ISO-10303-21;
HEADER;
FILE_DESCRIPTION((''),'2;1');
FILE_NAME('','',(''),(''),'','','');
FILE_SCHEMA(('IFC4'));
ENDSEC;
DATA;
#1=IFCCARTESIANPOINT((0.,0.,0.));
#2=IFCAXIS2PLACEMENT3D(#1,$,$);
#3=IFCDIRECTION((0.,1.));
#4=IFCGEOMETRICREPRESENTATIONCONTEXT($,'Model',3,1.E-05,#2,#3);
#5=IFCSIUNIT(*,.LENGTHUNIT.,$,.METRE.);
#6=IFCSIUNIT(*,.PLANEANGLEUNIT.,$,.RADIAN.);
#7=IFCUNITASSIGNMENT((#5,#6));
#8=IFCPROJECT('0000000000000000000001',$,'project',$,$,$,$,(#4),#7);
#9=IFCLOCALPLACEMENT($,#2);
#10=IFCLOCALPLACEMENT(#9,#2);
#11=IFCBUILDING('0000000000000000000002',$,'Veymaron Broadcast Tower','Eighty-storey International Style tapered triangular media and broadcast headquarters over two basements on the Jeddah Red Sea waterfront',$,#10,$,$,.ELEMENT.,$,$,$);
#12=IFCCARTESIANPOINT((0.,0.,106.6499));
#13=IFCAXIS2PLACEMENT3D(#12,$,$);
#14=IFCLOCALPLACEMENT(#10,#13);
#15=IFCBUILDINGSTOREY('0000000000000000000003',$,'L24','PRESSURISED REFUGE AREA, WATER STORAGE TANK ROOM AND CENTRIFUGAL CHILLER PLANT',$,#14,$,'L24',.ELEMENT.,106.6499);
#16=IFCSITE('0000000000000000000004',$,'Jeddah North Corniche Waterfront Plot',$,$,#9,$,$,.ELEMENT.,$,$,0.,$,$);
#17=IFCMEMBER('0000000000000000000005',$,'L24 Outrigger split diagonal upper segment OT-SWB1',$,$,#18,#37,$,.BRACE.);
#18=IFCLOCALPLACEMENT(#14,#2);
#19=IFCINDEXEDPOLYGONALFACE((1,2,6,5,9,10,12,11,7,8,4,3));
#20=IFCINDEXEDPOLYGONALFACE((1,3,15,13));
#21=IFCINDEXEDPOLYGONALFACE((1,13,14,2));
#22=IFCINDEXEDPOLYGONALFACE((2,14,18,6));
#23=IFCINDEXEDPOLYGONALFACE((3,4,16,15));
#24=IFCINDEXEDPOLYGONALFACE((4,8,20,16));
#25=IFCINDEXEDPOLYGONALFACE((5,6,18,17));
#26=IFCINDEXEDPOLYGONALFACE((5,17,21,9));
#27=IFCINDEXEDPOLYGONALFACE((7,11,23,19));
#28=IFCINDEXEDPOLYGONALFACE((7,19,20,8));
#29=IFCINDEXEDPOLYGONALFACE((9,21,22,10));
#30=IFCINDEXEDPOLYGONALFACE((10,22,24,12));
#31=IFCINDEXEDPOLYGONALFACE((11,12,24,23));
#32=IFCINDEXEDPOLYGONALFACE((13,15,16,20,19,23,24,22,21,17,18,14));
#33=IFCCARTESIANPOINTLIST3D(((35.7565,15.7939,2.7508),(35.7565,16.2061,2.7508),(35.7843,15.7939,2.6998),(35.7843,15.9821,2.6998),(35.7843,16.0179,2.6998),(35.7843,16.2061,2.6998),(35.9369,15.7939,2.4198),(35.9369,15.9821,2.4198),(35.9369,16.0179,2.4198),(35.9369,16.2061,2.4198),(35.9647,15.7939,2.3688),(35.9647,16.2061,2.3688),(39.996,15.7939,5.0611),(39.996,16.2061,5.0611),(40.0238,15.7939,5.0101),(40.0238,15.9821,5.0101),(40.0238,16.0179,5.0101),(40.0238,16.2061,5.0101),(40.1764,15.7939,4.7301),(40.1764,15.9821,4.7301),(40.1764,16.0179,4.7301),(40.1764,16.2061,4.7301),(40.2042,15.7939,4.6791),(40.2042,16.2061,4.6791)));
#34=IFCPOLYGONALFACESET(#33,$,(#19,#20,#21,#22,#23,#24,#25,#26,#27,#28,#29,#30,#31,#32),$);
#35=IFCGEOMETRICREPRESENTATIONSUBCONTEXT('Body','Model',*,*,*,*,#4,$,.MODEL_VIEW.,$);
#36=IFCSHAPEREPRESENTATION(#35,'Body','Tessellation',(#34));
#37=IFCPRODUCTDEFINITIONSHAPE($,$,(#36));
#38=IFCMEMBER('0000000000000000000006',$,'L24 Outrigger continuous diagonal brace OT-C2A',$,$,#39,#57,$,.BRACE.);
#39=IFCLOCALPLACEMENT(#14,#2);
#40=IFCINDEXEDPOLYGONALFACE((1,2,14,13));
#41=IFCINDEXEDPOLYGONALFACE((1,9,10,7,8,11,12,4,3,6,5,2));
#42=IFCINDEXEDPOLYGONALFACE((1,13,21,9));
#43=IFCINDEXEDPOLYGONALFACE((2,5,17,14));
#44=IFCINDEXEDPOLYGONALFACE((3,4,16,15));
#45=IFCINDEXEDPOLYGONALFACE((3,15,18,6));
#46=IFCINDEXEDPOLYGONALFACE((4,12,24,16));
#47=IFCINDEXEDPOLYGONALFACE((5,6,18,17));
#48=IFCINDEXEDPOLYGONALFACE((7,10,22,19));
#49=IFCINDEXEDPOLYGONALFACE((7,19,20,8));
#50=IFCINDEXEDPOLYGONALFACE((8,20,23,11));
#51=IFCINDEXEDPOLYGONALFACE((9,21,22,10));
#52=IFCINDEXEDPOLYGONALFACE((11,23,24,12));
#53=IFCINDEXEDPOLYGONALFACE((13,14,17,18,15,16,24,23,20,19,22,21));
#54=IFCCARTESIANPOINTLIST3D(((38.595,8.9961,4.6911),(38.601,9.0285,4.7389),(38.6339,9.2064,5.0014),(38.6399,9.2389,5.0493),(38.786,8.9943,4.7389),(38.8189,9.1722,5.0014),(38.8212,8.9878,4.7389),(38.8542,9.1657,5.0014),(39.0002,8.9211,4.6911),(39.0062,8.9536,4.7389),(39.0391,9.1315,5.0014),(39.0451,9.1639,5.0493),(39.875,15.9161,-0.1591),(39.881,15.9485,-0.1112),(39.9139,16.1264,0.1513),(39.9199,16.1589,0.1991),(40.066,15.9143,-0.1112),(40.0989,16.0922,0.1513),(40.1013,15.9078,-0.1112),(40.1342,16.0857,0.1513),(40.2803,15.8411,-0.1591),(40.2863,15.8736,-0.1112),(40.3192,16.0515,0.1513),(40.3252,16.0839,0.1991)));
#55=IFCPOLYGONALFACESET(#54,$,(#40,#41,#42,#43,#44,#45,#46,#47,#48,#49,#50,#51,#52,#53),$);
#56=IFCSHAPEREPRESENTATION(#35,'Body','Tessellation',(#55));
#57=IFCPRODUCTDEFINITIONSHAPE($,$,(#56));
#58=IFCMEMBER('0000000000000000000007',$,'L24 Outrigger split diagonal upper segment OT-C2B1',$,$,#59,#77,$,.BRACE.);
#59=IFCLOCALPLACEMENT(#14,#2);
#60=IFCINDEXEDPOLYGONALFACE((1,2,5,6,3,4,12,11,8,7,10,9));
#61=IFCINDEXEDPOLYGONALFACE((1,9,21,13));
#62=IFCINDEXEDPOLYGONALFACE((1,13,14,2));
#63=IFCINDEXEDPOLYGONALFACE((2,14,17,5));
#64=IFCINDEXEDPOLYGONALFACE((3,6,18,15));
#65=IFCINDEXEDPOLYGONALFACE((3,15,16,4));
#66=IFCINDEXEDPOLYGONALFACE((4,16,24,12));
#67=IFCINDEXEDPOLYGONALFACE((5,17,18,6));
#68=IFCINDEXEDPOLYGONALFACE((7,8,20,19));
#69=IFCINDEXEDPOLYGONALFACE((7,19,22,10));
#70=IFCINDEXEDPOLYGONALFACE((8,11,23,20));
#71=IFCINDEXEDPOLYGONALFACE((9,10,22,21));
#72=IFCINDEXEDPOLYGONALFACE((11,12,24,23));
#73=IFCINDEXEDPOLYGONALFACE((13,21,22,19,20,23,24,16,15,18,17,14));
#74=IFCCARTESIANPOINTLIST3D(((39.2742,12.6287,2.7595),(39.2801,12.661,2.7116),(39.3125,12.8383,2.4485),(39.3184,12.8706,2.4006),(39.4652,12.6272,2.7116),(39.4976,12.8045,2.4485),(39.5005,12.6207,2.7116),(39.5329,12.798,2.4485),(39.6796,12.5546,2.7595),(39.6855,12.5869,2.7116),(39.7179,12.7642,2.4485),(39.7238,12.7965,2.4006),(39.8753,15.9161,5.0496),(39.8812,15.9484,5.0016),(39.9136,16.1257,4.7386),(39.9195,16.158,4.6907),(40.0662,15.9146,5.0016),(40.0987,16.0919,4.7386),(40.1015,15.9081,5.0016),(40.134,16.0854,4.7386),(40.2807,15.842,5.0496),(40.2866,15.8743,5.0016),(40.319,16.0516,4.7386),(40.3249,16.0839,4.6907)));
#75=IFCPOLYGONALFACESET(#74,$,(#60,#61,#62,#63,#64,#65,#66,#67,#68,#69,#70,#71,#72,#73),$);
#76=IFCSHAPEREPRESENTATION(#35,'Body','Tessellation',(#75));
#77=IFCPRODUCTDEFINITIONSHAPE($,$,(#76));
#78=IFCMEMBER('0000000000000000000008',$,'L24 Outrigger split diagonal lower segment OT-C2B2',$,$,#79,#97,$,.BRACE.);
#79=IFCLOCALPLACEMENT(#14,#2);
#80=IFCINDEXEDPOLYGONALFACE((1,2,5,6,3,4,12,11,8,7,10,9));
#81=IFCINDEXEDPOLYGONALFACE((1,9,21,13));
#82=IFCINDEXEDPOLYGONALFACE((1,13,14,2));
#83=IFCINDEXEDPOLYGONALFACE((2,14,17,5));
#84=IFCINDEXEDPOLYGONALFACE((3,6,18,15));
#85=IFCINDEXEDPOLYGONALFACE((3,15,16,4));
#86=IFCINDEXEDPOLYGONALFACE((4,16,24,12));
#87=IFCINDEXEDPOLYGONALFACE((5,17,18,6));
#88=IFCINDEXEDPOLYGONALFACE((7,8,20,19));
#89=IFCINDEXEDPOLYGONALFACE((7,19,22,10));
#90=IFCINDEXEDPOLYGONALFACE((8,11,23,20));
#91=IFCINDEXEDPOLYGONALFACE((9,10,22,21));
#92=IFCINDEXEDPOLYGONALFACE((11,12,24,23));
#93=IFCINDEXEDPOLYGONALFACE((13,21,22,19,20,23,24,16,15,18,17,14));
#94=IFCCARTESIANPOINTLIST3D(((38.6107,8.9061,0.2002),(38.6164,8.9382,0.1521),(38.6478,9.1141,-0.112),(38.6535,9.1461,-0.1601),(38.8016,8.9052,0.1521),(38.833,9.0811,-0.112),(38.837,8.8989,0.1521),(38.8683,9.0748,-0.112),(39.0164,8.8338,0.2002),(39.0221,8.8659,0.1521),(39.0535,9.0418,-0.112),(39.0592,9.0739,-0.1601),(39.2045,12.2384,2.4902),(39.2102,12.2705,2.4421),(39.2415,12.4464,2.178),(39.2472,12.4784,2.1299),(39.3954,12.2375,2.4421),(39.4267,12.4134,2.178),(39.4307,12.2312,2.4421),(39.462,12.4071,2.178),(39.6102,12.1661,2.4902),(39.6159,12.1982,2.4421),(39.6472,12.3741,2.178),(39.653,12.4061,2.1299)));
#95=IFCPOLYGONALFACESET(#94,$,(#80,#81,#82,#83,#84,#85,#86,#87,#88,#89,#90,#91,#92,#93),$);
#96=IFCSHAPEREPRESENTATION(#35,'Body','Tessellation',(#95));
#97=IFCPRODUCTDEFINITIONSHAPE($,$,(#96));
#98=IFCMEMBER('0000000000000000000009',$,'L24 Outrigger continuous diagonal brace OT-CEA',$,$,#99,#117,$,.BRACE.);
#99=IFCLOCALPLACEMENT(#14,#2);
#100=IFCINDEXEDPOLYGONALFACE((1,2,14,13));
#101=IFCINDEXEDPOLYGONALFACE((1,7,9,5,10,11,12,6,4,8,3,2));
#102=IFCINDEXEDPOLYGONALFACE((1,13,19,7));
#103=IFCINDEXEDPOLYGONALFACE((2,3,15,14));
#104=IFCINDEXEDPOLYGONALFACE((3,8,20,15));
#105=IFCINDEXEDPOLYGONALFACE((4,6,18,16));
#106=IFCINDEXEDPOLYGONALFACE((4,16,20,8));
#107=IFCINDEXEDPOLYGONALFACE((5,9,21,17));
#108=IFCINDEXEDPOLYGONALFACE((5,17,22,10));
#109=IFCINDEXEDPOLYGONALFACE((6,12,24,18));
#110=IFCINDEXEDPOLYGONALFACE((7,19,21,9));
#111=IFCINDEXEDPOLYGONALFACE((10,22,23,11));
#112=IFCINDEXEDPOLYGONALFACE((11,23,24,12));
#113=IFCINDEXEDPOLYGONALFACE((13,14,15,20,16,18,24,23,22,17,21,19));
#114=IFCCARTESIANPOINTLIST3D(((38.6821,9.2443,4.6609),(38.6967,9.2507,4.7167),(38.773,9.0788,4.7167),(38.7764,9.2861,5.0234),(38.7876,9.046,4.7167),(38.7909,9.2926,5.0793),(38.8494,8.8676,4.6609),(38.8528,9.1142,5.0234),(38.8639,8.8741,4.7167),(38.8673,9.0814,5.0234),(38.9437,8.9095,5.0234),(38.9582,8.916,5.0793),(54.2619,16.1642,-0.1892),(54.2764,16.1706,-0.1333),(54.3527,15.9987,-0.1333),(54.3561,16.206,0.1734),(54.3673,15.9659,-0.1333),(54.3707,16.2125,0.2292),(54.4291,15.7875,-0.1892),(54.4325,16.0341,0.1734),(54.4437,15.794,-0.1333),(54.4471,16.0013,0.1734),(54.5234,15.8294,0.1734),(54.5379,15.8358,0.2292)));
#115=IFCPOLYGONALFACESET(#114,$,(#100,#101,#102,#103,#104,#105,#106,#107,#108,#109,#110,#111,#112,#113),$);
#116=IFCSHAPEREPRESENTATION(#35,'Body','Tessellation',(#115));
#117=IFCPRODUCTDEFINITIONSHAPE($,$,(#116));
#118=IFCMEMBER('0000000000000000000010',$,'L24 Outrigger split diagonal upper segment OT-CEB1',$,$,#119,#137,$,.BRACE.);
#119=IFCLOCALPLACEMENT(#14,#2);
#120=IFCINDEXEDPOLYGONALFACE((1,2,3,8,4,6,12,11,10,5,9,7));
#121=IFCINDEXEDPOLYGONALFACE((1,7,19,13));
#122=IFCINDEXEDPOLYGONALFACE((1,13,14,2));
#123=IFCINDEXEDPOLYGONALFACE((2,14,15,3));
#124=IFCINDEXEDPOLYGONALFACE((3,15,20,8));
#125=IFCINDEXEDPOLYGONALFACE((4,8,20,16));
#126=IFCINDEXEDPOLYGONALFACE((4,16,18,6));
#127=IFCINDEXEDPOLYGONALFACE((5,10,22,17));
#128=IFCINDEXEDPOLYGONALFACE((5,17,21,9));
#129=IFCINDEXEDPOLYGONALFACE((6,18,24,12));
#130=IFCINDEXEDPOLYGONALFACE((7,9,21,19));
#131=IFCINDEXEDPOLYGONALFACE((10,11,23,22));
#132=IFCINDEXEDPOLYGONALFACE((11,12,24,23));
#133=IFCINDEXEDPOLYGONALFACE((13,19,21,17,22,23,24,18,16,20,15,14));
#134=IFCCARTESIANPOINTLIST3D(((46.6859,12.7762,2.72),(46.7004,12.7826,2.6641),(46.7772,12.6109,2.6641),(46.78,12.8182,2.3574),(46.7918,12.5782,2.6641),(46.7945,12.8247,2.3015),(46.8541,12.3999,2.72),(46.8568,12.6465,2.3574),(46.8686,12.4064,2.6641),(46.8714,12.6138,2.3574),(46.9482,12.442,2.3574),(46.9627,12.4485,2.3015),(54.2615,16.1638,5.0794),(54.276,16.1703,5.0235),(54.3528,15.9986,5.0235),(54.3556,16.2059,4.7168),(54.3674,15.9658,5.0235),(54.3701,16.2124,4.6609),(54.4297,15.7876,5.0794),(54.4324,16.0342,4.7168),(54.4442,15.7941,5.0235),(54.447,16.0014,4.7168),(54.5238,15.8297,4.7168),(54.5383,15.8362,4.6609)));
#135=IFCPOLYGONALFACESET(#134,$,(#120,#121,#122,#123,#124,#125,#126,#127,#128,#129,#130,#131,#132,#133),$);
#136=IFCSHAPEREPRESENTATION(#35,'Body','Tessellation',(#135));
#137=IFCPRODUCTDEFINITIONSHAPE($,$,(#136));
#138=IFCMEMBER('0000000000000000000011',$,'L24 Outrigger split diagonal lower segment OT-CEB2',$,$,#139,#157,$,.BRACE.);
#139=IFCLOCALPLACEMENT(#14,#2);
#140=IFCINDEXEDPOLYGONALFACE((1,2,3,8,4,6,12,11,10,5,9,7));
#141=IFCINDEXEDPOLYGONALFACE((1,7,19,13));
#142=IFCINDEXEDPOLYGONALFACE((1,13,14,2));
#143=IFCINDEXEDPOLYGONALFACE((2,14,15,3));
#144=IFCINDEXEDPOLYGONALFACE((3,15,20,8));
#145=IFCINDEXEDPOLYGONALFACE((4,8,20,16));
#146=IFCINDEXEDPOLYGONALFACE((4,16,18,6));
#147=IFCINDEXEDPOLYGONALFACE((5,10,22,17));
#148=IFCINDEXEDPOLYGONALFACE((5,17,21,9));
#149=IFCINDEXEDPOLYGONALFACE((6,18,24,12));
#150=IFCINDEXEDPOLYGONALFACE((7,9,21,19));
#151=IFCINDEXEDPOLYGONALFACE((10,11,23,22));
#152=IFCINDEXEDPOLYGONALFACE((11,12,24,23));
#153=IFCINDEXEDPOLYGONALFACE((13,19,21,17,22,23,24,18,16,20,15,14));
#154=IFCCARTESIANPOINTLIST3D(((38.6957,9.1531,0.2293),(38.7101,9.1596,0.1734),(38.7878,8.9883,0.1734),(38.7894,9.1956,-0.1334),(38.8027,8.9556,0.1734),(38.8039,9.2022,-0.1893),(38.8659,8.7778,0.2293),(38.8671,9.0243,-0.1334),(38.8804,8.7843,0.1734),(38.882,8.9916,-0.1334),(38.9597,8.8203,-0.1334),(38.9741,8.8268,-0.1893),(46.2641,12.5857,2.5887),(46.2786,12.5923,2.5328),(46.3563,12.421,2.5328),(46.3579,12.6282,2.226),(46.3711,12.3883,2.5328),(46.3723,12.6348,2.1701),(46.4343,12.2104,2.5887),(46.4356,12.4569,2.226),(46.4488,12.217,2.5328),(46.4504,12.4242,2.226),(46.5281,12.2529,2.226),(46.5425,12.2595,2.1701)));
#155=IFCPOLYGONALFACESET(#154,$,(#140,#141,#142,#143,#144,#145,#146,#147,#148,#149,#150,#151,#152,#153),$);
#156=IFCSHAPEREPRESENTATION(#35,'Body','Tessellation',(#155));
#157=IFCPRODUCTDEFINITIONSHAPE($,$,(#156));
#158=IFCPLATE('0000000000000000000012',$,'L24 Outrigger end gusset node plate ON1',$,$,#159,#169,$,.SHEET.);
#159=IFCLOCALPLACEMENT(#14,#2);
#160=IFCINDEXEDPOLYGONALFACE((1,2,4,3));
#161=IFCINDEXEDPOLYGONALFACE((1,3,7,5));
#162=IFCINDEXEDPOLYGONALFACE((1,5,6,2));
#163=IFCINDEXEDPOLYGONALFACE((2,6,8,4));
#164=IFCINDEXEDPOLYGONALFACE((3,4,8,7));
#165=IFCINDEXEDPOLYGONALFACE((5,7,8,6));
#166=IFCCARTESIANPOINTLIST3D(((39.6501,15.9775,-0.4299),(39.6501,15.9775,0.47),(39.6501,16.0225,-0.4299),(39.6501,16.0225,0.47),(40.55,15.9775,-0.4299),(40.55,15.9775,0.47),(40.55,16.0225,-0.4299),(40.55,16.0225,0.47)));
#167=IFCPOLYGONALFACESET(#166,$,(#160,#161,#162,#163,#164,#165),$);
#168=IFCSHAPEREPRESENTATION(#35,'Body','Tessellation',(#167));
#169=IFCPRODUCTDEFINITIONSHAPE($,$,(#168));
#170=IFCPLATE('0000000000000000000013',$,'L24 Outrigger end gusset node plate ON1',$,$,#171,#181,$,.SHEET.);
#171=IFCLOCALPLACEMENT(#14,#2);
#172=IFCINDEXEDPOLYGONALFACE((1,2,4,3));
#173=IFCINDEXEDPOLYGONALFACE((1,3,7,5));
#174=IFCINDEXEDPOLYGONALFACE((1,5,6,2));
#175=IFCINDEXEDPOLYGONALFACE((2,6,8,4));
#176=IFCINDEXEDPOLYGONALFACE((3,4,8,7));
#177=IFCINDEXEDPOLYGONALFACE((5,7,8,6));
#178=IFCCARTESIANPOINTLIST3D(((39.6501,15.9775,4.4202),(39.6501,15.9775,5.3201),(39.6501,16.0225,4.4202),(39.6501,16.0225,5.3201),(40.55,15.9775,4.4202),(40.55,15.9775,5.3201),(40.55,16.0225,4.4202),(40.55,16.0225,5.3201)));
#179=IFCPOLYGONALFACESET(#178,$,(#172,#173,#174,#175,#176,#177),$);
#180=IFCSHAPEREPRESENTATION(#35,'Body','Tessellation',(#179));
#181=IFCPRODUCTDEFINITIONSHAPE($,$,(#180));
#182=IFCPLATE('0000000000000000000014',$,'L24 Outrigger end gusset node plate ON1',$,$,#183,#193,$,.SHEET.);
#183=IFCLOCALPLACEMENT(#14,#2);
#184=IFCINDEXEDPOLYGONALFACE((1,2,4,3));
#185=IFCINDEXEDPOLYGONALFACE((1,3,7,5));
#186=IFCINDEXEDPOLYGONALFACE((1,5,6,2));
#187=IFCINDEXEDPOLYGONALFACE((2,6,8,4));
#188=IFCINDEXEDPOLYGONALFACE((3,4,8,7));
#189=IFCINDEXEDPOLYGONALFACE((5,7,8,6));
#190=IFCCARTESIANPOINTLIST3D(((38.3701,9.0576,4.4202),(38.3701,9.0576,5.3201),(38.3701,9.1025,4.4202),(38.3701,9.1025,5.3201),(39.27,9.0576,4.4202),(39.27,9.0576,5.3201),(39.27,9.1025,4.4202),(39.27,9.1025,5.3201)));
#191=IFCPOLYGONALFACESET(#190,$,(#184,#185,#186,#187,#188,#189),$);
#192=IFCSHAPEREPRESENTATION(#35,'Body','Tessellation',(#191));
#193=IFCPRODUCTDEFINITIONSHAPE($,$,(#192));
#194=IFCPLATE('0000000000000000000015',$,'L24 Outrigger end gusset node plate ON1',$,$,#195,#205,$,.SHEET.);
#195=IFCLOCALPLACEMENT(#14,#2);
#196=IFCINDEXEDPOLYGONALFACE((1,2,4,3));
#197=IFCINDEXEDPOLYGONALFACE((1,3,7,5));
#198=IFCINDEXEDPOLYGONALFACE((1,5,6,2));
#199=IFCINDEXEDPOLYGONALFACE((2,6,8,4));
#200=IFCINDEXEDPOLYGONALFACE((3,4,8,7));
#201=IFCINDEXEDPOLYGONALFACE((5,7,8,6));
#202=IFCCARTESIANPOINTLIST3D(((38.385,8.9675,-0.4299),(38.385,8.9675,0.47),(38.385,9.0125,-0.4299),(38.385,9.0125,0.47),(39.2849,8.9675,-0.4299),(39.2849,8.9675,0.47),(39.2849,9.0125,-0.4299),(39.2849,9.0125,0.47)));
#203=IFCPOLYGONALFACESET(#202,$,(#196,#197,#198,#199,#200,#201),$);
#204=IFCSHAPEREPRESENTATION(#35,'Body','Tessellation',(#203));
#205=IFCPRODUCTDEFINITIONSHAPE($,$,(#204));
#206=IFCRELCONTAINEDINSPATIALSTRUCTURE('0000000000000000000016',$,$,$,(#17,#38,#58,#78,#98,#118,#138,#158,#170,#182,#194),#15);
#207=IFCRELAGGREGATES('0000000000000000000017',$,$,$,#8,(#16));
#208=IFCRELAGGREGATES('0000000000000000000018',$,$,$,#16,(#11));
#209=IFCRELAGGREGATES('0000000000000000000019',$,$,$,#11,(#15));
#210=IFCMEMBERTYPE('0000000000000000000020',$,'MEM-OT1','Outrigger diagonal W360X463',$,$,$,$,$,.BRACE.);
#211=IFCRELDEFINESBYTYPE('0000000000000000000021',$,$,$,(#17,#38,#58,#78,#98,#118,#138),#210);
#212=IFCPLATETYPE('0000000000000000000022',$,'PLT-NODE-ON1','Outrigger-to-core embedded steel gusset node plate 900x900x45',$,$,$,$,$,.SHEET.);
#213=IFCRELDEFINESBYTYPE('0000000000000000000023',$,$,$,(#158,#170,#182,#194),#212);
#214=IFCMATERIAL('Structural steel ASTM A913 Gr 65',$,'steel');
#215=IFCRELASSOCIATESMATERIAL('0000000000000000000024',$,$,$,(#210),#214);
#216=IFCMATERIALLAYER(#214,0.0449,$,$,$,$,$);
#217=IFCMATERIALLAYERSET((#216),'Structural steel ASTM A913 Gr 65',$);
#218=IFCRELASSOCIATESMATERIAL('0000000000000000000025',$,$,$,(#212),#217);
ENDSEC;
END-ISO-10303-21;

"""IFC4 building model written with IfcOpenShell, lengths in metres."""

from ifc_helpers import new_model, si_unit, direction, frame, origin, origin_2d, place, context, subcontext, project, spatial, rectangle, i_section, extrude, material, layer, layer_set, material_profile, profile_set, type_object, element, save


model = new_model("IFC4")

# Units and contexts
model_context = context("Model", 3, precision=1e-05, world=origin(), true_north=direction((0.0, 1.0)))
body_context = subcontext(model_context, "Body", "Model", "MODEL_VIEW")
ifc_project = project(units=[si_unit("LENGTHUNIT", "METRE"), si_unit("PLANEANGLEUNIT", "RADIAN")], contexts=[model_context])

# Site, building, storey
site_placement = place(None, origin())
site = spatial("IfcSite", under=ifc_project, at=site_placement, Name="Jeddah North Corniche Waterfront Plot", CompositionType="ELEMENT", RefElevation=0.0)
building_placement = place(site_placement, origin())
building = spatial("IfcBuilding", under=site, at=building_placement, Name="Veymaron Broadcast Tower", Description="Eighty-storey International Style tapered triangular media and broadcast headquarters over two basements on the Jeddah Red Sea waterfront", CompositionType="ELEMENT")
storey_placement = place(building_placement, frame((0.0, 0.0, 106.6499)))
storey = spatial("IfcBuildingStorey", under=building, at=storey_placement, Name="L24", Description="PRESSURISED REFUGE AREA, WATER STORAGE TANK ROOM AND CENTRIFUGAL CHILLER PLANT", LongName="L24", CompositionType="ELEMENT", Elevation=106.6499)

# Shared definitions
ifc_material_1 = material(Name="Structural steel ASTM A913 Gr 65", Category="steel")

# Members
ifc_material_profile_1 = material_profile(ifc_material_1, i_section(OverallWidth=0.4121, OverallDepth=0.4351, WebThickness=0.0359, FlangeThickness=0.0581, at=origin_2d()), Name="W360X463")
ifc_profile_set_1 = profile_set([ifc_material_profile_1], Name="Structural steel ASTM A913 Gr 65")
member_type = type_object("IfcMemberType", Name="MEM-OT1", Description="Outrigger diagonal W360X463", PredefinedType="BRACE", material=ifc_profile_set_1)
member_1_placement = place(storey_placement, frame((40.1001, 16.0, 4.8701), z_axis=(-0.878083, 0.0, -0.478508), x_axis=(0.0, -1.0, 0.0)))
element("IfcMember", 1, at=member_1_placement, inside=storey, type_object=member_type, Name="L24 Outrigger split diagonal upper segment OT-SWB1", PredefinedType="BRACE", context=body_context, shape_type="SweptSolid", body=[
    extrude(i_section(OverallWidth=0.4121, OverallDepth=0.4351, WebThickness=0.0359, FlangeThickness=0.0581, at=origin_2d()), origin(), (0.0, 0.0, 1.0), 4.8281),
])
member_2_placement = place(storey_placement, frame((40.1001, 16.0, 0.02), z_axis=(-0.149768, -0.809654, 0.567477), x_axis=(0.983319, -0.181892, 0.0)))
element("IfcMember", 2, at=member_2_placement, inside=storey, type_object=member_type, Name="L24 Outrigger continuous diagonal brace OT-C2A", PredefinedType="BRACE", context=body_context, shape_type="SweptSolid", body=[
    extrude(i_section(OverallWidth=0.4121, OverallDepth=0.4351, WebThickness=0.0359, FlangeThickness=0.0581, at=origin_2d()), origin(), (0.0, 0.0, 1.0), 8.5469),
])
member_3_placement = place(storey_placement, frame((40.1001, 16.0, 4.8701), z_axis=(-0.148369, -0.811451, -0.565274), x_axis=(0.983692, -0.179863, 0.0)))
element("IfcMember", 3, at=member_3_placement, inside=storey, type_object=member_type, Name="L24 Outrigger split diagonal upper segment OT-C2B1", PredefinedType="BRACE", context=body_context, shape_type="SweptSolid", body=[
    extrude(i_section(OverallWidth=0.4121, OverallDepth=0.4351, WebThickness=0.0359, FlangeThickness=0.0581, at=origin_2d()), origin(), (0.0, 0.0, 1.0), 4.0513),
])
member_4_placement = place(storey_placement, frame((39.4287, 12.3223, 2.3101), z_axis=(-0.145289, -0.815401, -0.560368), x_axis=(0.984494, -0.175419, 0.0)))
element("IfcMember", 4, at=member_4_placement, inside=storey, type_object=member_type, Name="L24 Outrigger split diagonal lower segment OT-C2B2", PredefinedType="BRACE", context=body_context, shape_type="SweptSolid", body=[
    extrude(i_section(OverallWidth=0.4121, OverallDepth=0.4351, WebThickness=0.0359, FlangeThickness=0.0581, at=origin_2d()), origin(), (0.0, 0.0, 1.0), 4.0867),
])
member_5_placement = place(storey_placement, frame((54.3999, 16.0, 0.02), z_axis=(-0.879025, -0.390427, 0.273646), x_axis=(0.405921, -0.913908, 0.0)))
element("IfcMember", 5, at=member_5_placement, inside=storey, type_object=member_type, Name="L24 Outrigger continuous diagonal brace OT-CEA", PredefinedType="BRACE", context=body_context, shape_type="SweptSolid", body=[
    extrude(i_section(OverallWidth=0.4121, OverallDepth=0.4351, WebThickness=0.0359, FlangeThickness=0.0581, at=origin_2d()), origin(), (0.0, 0.0, 1.0), 17.7239),
])
member_6_placement = place(storey_placement, frame((54.3999, 16.0, 4.8701), z_axis=(-0.878084, -0.392662, -0.273471), x_axis=(0.408223, -0.912882, 0.0)))
element("IfcMember", 6, at=member_6_placement, inside=storey, type_object=member_type, Name="L24 Outrigger split diagonal upper segment OT-CEB1", PredefinedType="BRACE", context=body_context, shape_type="SweptSolid", body=[
    extrude(i_section(OverallWidth=0.4121, OverallDepth=0.4351, WebThickness=0.0359, FlangeThickness=0.0581, at=origin_2d()), origin(), (0.0, 0.0, 1.0), 8.6274),
])
member_7_placement = place(storey_placement, frame((46.4033, 12.4226, 2.3794), z_axis=(-0.876085, -0.397347, -0.273112), x_axis=(0.41305, -0.910708, 0.0)))
element("IfcMember", 7, at=member_7_placement, inside=storey, type_object=member_type, Name="L24 Outrigger split diagonal lower segment OT-CEB2", PredefinedType="BRACE", context=body_context, shape_type="SweptSolid", body=[
    extrude(i_section(OverallWidth=0.4121, OverallDepth=0.4351, WebThickness=0.0359, FlangeThickness=0.0581, at=origin_2d()), origin(), (0.0, 0.0, 1.0), 8.6389),
])

# Plates
ifc_layer_1 = layer(ifc_material_1, 0.0449)
ifc_layer_set_1 = layer_set([ifc_layer_1], Name="Structural steel ASTM A913 Gr 65")
plate_type_1 = type_object("IfcPlateType", Name="PLT-NODE-ON1", Description="Outrigger-to-core embedded steel gusset node plate 900x900x45", PredefinedType="SHEET", material=ifc_layer_set_1)
for number, where, z_axis, x_axis, name in (
    (8, (40.1001, 16.0, -0.4299), (0.0, 0.0, 1.0), (1.0, 0.0, 0.0), "L24 Outrigger end gusset node plate ON1"),
    (9, (40.1001, 16.0, 4.4202), (0.0, 0.0, 1.0), (1.0, 0.0, 0.0), "L24 Outrigger end gusset node plate ON1"),
    (10, (38.8201, 9.0801, 4.4202), (0.0, 0.0, 1.0), (1.0, 0.0, 0.0), "L24 Outrigger end gusset node plate ON1"),
    (11, (38.835, 8.99, -0.4299), (0.0, 0.0, 1.0), (1.0, 0.0, 0.0), "L24 Outrigger end gusset node plate ON1"),
):
    element("IfcPlate", number, at=place(storey_placement, frame(where, z_axis=z_axis, x_axis=x_axis)), inside=storey, type_object=plate_type_1, Name=name, PredefinedType="SHEET", context=body_context, shape_type="SweptSolid", body=[
        extrude(rectangle(XDim=0.8999, YDim=0.0449, at=origin_2d()), origin(), (0.0, 0.0, 1.0), 0.8999),
    ])

save(model, "model.ifc")
